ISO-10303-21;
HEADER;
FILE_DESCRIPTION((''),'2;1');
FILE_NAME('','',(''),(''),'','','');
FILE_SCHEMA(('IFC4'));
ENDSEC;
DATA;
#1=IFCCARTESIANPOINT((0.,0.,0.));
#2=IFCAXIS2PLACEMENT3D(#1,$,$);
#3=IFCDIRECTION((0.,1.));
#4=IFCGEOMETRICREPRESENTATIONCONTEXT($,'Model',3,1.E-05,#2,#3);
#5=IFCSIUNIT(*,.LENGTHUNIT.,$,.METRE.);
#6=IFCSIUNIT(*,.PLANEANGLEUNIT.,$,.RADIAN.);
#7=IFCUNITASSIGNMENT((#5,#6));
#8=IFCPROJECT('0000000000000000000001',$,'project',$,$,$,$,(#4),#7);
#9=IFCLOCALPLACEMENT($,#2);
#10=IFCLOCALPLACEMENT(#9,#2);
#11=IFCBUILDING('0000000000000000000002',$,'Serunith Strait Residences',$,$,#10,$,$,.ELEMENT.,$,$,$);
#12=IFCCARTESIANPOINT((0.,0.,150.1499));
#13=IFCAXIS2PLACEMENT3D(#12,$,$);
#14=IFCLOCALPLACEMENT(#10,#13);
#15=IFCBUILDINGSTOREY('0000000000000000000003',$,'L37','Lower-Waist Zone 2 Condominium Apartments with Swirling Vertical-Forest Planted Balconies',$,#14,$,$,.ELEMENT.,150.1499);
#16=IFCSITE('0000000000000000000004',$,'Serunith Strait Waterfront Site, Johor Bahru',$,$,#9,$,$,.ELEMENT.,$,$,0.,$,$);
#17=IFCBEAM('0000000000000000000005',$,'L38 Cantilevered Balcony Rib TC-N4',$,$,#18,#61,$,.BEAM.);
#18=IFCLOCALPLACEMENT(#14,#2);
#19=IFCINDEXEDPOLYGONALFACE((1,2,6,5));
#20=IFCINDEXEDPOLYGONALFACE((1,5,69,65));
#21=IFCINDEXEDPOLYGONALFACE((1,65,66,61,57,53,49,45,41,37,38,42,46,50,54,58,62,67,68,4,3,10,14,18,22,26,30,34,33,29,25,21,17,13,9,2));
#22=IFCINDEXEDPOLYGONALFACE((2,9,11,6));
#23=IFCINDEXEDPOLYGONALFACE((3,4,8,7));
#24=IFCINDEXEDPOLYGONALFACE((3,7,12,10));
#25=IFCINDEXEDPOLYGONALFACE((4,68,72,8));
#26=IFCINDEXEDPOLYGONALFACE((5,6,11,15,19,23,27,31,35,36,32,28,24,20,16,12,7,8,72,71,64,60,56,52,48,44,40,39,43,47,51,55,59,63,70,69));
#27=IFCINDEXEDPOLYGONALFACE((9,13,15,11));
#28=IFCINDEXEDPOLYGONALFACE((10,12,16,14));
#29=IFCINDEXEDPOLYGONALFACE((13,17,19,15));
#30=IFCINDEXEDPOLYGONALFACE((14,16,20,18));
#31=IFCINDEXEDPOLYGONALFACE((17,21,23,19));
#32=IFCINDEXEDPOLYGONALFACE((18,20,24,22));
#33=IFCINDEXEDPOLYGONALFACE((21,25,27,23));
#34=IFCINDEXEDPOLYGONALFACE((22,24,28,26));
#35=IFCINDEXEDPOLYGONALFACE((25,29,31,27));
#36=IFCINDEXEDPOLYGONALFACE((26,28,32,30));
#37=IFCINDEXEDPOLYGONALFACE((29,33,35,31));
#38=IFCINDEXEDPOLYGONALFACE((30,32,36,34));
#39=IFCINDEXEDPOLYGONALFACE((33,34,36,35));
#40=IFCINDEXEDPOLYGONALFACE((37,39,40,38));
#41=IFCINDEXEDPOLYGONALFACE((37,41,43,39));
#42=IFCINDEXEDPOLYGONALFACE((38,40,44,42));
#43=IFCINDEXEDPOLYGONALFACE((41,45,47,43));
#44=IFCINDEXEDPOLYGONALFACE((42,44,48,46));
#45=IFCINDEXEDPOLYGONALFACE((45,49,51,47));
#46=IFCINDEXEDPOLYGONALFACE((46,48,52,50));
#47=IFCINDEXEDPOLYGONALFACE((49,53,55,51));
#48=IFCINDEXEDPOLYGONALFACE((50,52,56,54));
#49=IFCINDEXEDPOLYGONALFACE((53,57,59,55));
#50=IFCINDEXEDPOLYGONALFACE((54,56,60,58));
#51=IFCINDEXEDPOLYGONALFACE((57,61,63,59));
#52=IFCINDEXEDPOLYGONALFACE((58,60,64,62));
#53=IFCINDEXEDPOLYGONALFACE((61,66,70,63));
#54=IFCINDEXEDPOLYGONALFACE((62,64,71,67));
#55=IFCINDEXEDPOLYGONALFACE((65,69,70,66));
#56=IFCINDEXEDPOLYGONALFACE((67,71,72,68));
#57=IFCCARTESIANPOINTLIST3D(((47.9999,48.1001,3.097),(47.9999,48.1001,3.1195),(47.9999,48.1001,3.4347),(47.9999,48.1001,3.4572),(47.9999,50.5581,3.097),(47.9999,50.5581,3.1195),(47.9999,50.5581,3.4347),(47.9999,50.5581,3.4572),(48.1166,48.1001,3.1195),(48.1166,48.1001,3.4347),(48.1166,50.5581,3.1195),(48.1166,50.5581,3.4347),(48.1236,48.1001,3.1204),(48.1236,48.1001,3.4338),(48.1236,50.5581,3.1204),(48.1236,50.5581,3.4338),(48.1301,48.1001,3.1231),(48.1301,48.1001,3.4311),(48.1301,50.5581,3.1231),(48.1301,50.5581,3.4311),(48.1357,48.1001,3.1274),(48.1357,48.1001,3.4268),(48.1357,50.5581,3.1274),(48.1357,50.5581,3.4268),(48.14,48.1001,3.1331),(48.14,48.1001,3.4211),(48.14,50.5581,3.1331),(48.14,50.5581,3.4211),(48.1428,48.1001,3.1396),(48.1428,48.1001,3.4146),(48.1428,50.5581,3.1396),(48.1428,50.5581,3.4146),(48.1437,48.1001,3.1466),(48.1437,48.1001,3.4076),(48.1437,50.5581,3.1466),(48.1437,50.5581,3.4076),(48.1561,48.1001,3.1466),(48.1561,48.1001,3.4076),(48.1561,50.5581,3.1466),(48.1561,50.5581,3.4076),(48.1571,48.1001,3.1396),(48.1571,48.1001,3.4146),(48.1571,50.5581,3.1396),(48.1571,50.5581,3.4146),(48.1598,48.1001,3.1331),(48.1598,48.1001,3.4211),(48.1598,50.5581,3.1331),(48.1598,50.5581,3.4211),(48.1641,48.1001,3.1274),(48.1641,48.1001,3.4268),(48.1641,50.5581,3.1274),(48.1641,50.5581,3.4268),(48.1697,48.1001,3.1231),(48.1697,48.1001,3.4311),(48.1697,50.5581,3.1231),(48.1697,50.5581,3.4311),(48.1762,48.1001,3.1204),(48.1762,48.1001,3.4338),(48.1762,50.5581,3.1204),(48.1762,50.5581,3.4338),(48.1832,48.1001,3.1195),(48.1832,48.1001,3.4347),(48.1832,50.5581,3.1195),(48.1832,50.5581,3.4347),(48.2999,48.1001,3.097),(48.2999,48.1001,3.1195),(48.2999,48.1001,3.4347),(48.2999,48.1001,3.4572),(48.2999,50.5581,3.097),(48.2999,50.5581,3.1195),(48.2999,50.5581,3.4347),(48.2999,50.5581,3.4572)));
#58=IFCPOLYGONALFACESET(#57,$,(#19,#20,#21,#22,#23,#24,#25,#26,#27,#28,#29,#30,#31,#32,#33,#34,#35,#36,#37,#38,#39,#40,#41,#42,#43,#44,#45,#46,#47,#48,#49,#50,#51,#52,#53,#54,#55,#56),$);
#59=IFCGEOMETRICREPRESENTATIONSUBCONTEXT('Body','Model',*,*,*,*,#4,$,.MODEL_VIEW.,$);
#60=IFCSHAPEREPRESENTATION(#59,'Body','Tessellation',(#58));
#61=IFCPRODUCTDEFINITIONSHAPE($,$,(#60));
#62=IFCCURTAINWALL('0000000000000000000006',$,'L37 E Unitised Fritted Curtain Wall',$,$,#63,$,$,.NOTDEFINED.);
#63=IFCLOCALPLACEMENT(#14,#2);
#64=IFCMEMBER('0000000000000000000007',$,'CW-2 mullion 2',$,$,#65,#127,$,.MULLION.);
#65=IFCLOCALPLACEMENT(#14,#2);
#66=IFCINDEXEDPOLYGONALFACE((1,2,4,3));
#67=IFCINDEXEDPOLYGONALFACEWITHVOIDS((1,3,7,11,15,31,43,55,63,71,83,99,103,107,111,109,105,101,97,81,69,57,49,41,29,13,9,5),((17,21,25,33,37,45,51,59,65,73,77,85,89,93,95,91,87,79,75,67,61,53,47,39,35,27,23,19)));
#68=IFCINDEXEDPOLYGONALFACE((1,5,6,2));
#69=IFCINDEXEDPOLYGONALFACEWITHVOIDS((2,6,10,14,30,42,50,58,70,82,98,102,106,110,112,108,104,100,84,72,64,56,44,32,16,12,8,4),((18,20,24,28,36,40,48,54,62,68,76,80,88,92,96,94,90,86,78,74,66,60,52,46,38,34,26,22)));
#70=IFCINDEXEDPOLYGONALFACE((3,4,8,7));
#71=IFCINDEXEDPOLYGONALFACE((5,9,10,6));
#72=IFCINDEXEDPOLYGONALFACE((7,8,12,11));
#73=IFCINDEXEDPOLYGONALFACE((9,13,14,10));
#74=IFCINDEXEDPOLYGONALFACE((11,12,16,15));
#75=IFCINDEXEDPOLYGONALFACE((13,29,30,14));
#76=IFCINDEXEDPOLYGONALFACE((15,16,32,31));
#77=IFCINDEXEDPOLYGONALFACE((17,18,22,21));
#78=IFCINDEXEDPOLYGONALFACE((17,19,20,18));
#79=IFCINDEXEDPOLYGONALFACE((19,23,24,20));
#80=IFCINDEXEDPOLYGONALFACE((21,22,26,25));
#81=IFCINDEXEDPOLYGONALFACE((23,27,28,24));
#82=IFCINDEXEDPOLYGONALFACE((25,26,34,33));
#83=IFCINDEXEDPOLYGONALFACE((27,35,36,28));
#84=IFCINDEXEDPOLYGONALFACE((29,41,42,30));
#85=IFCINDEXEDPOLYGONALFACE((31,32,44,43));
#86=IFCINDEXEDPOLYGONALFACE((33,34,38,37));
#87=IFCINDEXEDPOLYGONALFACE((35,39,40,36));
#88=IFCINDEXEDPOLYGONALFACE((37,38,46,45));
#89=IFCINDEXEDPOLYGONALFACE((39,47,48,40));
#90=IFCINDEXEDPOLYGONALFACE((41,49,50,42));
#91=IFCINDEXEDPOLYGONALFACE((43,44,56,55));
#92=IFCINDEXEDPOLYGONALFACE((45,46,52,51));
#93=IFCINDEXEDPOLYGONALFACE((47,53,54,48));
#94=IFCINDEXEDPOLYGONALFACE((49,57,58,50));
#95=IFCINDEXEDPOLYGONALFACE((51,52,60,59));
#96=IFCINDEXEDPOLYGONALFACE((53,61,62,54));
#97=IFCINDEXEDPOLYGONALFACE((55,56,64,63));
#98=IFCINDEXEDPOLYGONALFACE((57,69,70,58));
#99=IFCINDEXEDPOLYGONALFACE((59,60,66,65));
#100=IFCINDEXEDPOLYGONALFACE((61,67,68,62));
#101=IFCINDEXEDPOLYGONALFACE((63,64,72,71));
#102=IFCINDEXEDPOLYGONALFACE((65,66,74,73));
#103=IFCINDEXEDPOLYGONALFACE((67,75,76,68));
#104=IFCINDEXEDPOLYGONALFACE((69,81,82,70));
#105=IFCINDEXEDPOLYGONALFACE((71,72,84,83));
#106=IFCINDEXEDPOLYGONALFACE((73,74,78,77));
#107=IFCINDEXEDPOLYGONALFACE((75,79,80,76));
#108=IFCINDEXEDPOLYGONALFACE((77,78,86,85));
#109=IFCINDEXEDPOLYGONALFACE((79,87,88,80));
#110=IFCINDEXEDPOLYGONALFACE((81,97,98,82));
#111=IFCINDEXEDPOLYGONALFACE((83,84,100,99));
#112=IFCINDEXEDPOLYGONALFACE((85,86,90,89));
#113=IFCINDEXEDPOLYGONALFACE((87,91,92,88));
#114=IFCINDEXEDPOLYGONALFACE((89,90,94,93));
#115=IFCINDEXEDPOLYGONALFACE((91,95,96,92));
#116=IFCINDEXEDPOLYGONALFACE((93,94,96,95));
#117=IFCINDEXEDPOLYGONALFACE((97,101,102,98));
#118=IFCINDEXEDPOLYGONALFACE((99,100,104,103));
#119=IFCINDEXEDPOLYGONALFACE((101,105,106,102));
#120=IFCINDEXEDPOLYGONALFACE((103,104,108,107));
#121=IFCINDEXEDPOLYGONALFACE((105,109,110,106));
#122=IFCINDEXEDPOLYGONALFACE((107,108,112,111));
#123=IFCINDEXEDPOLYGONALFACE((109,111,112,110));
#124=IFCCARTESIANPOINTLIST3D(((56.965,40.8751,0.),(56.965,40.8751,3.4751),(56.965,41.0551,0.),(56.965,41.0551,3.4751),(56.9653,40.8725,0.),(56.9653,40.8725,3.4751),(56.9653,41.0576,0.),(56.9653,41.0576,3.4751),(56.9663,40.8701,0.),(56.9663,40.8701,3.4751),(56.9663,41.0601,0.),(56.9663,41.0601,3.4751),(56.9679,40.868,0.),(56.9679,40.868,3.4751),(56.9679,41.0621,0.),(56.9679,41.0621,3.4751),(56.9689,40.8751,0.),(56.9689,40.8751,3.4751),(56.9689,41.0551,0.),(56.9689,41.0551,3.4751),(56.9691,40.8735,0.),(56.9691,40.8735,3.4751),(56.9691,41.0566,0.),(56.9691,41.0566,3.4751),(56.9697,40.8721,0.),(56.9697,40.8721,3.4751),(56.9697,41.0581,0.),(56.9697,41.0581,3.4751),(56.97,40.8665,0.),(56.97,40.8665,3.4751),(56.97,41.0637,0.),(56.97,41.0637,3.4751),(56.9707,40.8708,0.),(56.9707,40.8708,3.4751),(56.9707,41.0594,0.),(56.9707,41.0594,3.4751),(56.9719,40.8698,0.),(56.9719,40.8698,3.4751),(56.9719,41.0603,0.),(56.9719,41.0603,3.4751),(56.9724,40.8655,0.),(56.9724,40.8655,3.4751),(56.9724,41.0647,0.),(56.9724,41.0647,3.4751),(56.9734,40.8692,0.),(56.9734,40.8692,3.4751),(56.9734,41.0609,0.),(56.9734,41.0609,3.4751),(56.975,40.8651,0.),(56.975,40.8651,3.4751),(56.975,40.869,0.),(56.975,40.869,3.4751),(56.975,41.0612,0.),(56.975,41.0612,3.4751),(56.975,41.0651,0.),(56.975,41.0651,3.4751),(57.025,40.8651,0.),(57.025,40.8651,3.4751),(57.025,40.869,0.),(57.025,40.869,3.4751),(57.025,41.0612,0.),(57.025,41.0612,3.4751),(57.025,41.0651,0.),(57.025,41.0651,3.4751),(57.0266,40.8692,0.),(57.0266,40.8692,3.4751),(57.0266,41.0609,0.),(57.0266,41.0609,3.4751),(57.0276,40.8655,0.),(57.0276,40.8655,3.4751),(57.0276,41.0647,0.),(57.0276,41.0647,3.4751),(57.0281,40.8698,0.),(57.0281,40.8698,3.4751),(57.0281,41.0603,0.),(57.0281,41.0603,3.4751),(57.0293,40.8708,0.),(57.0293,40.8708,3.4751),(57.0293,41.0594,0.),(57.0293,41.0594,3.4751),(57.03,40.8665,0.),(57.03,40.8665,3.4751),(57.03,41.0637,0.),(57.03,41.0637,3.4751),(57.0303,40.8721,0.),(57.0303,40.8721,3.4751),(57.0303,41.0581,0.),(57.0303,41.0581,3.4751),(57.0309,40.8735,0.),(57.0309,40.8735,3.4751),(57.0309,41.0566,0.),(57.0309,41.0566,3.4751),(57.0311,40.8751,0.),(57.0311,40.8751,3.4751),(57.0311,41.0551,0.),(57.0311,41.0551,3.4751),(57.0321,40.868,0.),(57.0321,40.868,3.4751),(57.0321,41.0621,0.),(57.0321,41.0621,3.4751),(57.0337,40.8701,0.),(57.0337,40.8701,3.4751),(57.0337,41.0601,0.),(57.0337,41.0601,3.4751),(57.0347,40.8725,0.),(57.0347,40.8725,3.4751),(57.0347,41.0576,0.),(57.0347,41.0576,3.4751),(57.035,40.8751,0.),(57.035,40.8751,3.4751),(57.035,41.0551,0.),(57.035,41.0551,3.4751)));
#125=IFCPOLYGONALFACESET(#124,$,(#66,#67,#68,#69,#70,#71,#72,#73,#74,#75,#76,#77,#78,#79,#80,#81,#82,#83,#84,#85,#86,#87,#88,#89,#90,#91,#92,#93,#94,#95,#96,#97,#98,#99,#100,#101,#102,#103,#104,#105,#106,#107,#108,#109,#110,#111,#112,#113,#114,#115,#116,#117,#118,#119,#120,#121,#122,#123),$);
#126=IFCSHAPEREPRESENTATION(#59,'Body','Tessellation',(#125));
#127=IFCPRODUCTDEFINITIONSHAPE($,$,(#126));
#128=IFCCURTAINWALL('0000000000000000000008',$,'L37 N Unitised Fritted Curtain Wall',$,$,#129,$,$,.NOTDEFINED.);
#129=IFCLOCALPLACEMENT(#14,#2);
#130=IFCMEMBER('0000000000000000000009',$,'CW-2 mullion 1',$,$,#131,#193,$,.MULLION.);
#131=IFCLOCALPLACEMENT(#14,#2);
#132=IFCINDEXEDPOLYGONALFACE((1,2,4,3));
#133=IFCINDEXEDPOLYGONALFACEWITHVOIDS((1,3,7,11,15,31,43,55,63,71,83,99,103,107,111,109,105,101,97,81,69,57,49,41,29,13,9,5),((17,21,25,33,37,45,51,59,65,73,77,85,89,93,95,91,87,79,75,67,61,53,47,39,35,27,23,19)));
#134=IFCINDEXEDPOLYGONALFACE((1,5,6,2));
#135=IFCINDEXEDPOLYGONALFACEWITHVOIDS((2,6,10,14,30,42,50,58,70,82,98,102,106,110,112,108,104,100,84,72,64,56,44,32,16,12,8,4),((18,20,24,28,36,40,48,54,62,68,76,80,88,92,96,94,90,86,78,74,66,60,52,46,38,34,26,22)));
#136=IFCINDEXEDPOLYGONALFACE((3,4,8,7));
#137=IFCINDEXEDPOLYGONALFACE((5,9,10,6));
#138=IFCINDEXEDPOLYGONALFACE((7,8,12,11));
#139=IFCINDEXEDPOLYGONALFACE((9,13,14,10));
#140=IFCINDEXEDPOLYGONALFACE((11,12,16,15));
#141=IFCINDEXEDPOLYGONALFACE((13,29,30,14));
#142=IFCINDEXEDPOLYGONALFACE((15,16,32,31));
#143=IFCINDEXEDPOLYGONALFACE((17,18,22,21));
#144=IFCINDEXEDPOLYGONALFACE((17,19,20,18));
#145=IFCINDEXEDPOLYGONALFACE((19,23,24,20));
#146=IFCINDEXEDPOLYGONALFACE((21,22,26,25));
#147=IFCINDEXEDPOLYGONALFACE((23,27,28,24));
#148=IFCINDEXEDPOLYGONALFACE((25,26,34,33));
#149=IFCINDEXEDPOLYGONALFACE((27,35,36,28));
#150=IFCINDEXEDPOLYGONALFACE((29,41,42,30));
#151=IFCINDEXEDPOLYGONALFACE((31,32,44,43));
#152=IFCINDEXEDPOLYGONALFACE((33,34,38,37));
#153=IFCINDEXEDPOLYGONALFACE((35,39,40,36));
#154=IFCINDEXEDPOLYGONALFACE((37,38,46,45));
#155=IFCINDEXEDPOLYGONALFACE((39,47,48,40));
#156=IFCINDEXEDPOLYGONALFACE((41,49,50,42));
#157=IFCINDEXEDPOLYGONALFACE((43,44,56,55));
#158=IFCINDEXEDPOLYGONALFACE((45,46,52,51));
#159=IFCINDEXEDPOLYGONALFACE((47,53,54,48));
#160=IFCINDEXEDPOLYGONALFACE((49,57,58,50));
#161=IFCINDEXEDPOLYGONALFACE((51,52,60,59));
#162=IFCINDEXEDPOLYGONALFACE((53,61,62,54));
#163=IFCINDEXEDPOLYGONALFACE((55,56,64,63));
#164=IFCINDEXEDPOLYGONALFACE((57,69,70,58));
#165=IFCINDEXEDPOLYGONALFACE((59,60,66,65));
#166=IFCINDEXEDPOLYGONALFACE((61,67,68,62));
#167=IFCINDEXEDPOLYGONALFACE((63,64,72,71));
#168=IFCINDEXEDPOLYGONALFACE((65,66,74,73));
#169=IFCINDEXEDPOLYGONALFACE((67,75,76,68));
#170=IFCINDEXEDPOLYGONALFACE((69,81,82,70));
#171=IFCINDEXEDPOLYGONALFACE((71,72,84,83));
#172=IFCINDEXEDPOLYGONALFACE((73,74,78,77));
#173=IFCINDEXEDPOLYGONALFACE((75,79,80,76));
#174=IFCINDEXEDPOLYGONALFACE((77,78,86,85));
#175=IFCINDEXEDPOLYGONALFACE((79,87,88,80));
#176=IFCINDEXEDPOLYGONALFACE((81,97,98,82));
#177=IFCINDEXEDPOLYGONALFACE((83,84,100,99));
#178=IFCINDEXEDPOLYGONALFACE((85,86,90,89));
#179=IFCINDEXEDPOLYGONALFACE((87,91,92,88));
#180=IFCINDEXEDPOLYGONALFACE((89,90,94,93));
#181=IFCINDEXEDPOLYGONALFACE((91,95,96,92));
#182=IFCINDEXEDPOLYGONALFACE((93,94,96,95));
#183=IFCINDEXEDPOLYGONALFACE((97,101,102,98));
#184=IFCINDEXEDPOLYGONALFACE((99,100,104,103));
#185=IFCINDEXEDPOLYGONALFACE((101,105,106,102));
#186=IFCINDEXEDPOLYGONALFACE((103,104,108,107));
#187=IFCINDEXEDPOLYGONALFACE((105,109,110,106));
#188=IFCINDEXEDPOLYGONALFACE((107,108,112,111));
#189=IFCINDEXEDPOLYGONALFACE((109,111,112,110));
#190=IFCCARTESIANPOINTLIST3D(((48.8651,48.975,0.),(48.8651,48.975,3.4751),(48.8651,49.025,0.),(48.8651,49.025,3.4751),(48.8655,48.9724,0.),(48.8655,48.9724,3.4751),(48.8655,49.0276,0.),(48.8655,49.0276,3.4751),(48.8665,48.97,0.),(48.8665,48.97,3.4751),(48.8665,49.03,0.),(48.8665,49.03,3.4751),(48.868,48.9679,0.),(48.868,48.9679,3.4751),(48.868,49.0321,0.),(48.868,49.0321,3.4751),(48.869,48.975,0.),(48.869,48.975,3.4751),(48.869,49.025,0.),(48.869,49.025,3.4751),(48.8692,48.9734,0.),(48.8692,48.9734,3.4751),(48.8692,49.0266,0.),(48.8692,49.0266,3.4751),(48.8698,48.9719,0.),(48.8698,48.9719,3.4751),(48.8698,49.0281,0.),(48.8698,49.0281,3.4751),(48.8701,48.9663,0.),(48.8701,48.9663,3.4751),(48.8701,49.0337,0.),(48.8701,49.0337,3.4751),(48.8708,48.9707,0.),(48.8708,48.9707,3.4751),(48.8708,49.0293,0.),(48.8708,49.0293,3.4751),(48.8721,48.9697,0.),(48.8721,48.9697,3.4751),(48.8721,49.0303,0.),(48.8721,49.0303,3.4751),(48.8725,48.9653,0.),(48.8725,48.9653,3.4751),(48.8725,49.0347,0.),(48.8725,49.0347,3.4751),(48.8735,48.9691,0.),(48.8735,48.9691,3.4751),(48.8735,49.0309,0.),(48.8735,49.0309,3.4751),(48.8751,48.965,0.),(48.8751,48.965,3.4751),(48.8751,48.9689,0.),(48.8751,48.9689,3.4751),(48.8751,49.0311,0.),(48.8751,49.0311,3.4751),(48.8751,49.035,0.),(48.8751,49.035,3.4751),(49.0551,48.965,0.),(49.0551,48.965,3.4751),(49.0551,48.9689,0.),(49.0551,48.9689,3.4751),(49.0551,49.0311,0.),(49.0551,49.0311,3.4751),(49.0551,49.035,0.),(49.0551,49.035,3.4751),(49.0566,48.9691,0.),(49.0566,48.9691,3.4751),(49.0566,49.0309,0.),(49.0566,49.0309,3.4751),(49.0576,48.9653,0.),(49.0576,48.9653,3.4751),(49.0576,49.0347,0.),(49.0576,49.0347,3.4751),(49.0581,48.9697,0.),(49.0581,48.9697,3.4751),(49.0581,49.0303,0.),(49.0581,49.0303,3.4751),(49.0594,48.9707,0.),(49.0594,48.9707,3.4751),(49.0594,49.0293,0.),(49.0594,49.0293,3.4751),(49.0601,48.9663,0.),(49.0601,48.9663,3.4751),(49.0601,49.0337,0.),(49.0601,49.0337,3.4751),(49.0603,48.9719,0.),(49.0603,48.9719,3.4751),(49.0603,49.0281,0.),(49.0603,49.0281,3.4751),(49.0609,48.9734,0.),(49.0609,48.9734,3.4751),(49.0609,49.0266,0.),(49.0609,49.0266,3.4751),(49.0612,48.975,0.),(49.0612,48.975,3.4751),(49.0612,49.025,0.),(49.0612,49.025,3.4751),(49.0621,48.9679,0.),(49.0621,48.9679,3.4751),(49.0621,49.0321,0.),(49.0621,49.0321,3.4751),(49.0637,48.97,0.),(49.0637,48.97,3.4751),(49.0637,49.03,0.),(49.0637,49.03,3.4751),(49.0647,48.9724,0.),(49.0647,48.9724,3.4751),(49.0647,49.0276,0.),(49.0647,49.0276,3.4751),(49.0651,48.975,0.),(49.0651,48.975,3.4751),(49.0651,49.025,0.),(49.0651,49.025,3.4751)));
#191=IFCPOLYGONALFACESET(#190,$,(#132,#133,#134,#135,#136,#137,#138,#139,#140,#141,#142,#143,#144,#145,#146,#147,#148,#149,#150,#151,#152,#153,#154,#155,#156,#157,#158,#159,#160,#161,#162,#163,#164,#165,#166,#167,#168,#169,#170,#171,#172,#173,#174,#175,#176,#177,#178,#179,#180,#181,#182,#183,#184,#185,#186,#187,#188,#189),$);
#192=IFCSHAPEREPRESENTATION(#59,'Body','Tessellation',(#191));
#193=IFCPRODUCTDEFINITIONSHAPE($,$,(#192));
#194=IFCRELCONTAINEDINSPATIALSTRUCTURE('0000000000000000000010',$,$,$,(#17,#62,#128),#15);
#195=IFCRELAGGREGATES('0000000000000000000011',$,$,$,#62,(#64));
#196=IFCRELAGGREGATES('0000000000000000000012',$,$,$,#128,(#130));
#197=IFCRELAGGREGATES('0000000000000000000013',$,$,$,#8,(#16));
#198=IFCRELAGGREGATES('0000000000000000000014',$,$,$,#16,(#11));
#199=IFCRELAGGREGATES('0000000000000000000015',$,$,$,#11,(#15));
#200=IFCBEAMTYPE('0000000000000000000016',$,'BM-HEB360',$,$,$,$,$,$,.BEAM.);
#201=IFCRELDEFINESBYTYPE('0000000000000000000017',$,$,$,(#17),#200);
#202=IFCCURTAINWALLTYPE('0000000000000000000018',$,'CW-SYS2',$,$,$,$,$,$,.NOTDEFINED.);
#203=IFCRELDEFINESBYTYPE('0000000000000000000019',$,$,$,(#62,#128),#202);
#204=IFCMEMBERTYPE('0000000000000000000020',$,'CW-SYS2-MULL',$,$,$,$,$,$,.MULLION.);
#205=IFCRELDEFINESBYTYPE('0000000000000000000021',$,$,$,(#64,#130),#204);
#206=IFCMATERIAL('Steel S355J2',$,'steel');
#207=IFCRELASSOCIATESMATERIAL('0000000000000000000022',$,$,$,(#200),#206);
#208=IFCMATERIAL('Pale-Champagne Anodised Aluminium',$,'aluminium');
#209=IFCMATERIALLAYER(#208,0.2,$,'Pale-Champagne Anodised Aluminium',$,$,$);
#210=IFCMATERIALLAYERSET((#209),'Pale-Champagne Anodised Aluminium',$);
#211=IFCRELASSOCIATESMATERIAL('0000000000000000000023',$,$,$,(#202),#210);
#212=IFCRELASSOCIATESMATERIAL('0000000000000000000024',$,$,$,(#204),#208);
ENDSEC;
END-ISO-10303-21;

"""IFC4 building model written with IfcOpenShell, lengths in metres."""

from ifc_helpers import new_model, si_unit, direction, frame, origin, origin_2d, place, context, subcontext, project, spatial, hollow_rectangle, i_section, extrude, source, transform, mapped, material, layer, layer_set, material_profile, profile_set, type_object, element, aggregate, save


model = new_model("IFC4")

# Units and contexts
model_context = context("Model", 3, precision=1e-05, world=origin(), true_north=direction((0.0, 1.0)))
body_context = subcontext(model_context, "Body", "Model", "MODEL_VIEW")
ifc_project = project(units=[si_unit("LENGTHUNIT", "METRE"), si_unit("PLANEANGLEUNIT", "RADIAN")], contexts=[model_context])

# Site, building, storey
site_placement = place(None, origin())
site = spatial("IfcSite", under=ifc_project, at=site_placement, Name="Serunith Strait Waterfront Site, Johor Bahru", CompositionType="ELEMENT", RefElevation=0.0)
building_placement = place(site_placement, origin())
building = spatial("IfcBuilding", under=site, at=building_placement, Name="Serunith Strait Residences", CompositionType="ELEMENT")
storey_placement = place(building_placement, frame((0.0, 0.0, 150.1499)))
storey = spatial("IfcBuildingStorey", under=building, at=storey_placement, Name="L37", Description="Lower-Waist Zone 2 Condominium Apartments with Swirling Vertical-Forest Planted Balconies", CompositionType="ELEMENT", Elevation=150.1499)

# Beam
ifc_material_1 = material(Name="Steel S355J2", Category="steel")
ifc_material_profile_1 = material_profile(ifc_material_1, i_section(OverallWidth=0.3, OverallDepth=0.3601, WebThickness=0.0125, FlangeThickness=0.0225, FilletRadius=0.0271, at=origin_2d()), Name="HEB 360")
ifc_profile_set_1 = profile_set([ifc_material_profile_1], Name="Steel S355J2")
beam_type_1 = type_object("IfcBeamType", Name="BM-HEB360", PredefinedType="BEAM", material=ifc_profile_set_1)
shared_shape_1 = source(origin(), body_context, "Body", "SweptSolid", [
    extrude(i_section(OverallWidth=0.3, OverallDepth=0.3601, WebThickness=0.0125, FlangeThickness=0.0225, FilletRadius=0.0271, at=origin_2d()), origin(), (0.0, 0.0, 1.0), 2.458),
])
beam_1_placement = place(storey_placement, frame((48.1499, 48.1001, 3.2771), z_axis=(0.0, 1.0, 0.0), x_axis=(-1.0, 0.0, 0.0)))
element("IfcBeam", 1, at=beam_1_placement, inside=storey, type_object=beam_type_1, Name="L38 Cantilevered Balcony Rib TC-N4", PredefinedType="BEAM", context=body_context, shape_type="MappedRepresentation", body=[
    mapped(shared_shape_1, transform((0.0, 0.0, 0.0), scale=1.0)),
])

# Curtain wall, member
ifc_material_2 = material(Name="Pale-Champagne Anodised Aluminium", Category="aluminium")
ifc_layer_1 = layer(ifc_material_2, 0.2, Name="Pale-Champagne Anodised Aluminium")
ifc_layer_set_1 = layer_set([ifc_layer_1], Name="Pale-Champagne Anodised Aluminium")
curtain_wall_type = type_object("IfcCurtainWallType", Name="CW-SYS2", PredefinedType="NOTDEFINED", material=ifc_layer_set_1)
curtain_wall_1_placement = place(storey_placement, origin())
curtain_wall_1 = element("IfcCurtainWall", 2, at=curtain_wall_1_placement, inside=storey, type_object=curtain_wall_type, Name="L37 E Unitised Fritted Curtain Wall", PredefinedType="NOTDEFINED")
ifc_material_profile_2 = material_profile(ifc_material_2, hollow_rectangle(XDim=0.0701, YDim=0.2, WallThickness=0.0039, InnerFilletRadius=0.0061, OuterFilletRadius=0.01, at=origin_2d()), Name="ALU 200x70x4")
ifc_profile_set_2 = profile_set([ifc_material_profile_2], Name="Pale-Champagne Anodised Aluminium")
member_type_1 = type_object("IfcMemberType", Name="CW-SYS2-MULL", PredefinedType="MULLION", material=ifc_profile_set_2)
shared_shape_2 = source(origin(), body_context, "Body", "SweptSolid", [
    extrude(hollow_rectangle(XDim=0.0701, YDim=0.2, WallThickness=0.0039, InnerFilletRadius=0.0061, OuterFilletRadius=0.01, at=origin_2d()), origin(), (0.0, 0.0, 1.0), 3.4751),
])
member_1_placement = place(storey_placement, frame((57.0, 40.9651, 0.0), z_axis=(0.0, 0.0, 1.0), x_axis=(-1.0, 0.0, 0.0)))
member_1 = element("IfcMember", 3, at=member_1_placement, type_object=member_type_1, Name="CW-2 mullion 2", PredefinedType="MULLION", context=body_context, shape_type="MappedRepresentation", body=[
    mapped(shared_shape_2, transform((0.0, 0.0, 0.0), scale=1.0)),
])
aggregate(curtain_wall_1, [member_1])

# Curtain wall, member
curtain_wall_2_placement = place(storey_placement, origin())
curtain_wall_2 = element("IfcCurtainWall", 4, at=curtain_wall_2_placement, inside=storey, type_object=curtain_wall_type, Name="L37 N Unitised Fritted Curtain Wall", PredefinedType="NOTDEFINED")
member_2_placement = place(storey_placement, frame((48.9651, 49.0, 0.0), z_axis=(0.0, 0.0, 1.0), x_axis=(0.0, -1.0, 0.0)))
member_2 = element("IfcMember", 5, at=member_2_placement, type_object=member_type_1, Name="CW-2 mullion 1", PredefinedType="MULLION", context=body_context, shape_type="MappedRepresentation", body=[
    mapped(shared_shape_2, transform((0.0, 0.0, 0.0), scale=1.0)),
])
aggregate(curtain_wall_2, [member_2])

save(model, "model.ifc")
